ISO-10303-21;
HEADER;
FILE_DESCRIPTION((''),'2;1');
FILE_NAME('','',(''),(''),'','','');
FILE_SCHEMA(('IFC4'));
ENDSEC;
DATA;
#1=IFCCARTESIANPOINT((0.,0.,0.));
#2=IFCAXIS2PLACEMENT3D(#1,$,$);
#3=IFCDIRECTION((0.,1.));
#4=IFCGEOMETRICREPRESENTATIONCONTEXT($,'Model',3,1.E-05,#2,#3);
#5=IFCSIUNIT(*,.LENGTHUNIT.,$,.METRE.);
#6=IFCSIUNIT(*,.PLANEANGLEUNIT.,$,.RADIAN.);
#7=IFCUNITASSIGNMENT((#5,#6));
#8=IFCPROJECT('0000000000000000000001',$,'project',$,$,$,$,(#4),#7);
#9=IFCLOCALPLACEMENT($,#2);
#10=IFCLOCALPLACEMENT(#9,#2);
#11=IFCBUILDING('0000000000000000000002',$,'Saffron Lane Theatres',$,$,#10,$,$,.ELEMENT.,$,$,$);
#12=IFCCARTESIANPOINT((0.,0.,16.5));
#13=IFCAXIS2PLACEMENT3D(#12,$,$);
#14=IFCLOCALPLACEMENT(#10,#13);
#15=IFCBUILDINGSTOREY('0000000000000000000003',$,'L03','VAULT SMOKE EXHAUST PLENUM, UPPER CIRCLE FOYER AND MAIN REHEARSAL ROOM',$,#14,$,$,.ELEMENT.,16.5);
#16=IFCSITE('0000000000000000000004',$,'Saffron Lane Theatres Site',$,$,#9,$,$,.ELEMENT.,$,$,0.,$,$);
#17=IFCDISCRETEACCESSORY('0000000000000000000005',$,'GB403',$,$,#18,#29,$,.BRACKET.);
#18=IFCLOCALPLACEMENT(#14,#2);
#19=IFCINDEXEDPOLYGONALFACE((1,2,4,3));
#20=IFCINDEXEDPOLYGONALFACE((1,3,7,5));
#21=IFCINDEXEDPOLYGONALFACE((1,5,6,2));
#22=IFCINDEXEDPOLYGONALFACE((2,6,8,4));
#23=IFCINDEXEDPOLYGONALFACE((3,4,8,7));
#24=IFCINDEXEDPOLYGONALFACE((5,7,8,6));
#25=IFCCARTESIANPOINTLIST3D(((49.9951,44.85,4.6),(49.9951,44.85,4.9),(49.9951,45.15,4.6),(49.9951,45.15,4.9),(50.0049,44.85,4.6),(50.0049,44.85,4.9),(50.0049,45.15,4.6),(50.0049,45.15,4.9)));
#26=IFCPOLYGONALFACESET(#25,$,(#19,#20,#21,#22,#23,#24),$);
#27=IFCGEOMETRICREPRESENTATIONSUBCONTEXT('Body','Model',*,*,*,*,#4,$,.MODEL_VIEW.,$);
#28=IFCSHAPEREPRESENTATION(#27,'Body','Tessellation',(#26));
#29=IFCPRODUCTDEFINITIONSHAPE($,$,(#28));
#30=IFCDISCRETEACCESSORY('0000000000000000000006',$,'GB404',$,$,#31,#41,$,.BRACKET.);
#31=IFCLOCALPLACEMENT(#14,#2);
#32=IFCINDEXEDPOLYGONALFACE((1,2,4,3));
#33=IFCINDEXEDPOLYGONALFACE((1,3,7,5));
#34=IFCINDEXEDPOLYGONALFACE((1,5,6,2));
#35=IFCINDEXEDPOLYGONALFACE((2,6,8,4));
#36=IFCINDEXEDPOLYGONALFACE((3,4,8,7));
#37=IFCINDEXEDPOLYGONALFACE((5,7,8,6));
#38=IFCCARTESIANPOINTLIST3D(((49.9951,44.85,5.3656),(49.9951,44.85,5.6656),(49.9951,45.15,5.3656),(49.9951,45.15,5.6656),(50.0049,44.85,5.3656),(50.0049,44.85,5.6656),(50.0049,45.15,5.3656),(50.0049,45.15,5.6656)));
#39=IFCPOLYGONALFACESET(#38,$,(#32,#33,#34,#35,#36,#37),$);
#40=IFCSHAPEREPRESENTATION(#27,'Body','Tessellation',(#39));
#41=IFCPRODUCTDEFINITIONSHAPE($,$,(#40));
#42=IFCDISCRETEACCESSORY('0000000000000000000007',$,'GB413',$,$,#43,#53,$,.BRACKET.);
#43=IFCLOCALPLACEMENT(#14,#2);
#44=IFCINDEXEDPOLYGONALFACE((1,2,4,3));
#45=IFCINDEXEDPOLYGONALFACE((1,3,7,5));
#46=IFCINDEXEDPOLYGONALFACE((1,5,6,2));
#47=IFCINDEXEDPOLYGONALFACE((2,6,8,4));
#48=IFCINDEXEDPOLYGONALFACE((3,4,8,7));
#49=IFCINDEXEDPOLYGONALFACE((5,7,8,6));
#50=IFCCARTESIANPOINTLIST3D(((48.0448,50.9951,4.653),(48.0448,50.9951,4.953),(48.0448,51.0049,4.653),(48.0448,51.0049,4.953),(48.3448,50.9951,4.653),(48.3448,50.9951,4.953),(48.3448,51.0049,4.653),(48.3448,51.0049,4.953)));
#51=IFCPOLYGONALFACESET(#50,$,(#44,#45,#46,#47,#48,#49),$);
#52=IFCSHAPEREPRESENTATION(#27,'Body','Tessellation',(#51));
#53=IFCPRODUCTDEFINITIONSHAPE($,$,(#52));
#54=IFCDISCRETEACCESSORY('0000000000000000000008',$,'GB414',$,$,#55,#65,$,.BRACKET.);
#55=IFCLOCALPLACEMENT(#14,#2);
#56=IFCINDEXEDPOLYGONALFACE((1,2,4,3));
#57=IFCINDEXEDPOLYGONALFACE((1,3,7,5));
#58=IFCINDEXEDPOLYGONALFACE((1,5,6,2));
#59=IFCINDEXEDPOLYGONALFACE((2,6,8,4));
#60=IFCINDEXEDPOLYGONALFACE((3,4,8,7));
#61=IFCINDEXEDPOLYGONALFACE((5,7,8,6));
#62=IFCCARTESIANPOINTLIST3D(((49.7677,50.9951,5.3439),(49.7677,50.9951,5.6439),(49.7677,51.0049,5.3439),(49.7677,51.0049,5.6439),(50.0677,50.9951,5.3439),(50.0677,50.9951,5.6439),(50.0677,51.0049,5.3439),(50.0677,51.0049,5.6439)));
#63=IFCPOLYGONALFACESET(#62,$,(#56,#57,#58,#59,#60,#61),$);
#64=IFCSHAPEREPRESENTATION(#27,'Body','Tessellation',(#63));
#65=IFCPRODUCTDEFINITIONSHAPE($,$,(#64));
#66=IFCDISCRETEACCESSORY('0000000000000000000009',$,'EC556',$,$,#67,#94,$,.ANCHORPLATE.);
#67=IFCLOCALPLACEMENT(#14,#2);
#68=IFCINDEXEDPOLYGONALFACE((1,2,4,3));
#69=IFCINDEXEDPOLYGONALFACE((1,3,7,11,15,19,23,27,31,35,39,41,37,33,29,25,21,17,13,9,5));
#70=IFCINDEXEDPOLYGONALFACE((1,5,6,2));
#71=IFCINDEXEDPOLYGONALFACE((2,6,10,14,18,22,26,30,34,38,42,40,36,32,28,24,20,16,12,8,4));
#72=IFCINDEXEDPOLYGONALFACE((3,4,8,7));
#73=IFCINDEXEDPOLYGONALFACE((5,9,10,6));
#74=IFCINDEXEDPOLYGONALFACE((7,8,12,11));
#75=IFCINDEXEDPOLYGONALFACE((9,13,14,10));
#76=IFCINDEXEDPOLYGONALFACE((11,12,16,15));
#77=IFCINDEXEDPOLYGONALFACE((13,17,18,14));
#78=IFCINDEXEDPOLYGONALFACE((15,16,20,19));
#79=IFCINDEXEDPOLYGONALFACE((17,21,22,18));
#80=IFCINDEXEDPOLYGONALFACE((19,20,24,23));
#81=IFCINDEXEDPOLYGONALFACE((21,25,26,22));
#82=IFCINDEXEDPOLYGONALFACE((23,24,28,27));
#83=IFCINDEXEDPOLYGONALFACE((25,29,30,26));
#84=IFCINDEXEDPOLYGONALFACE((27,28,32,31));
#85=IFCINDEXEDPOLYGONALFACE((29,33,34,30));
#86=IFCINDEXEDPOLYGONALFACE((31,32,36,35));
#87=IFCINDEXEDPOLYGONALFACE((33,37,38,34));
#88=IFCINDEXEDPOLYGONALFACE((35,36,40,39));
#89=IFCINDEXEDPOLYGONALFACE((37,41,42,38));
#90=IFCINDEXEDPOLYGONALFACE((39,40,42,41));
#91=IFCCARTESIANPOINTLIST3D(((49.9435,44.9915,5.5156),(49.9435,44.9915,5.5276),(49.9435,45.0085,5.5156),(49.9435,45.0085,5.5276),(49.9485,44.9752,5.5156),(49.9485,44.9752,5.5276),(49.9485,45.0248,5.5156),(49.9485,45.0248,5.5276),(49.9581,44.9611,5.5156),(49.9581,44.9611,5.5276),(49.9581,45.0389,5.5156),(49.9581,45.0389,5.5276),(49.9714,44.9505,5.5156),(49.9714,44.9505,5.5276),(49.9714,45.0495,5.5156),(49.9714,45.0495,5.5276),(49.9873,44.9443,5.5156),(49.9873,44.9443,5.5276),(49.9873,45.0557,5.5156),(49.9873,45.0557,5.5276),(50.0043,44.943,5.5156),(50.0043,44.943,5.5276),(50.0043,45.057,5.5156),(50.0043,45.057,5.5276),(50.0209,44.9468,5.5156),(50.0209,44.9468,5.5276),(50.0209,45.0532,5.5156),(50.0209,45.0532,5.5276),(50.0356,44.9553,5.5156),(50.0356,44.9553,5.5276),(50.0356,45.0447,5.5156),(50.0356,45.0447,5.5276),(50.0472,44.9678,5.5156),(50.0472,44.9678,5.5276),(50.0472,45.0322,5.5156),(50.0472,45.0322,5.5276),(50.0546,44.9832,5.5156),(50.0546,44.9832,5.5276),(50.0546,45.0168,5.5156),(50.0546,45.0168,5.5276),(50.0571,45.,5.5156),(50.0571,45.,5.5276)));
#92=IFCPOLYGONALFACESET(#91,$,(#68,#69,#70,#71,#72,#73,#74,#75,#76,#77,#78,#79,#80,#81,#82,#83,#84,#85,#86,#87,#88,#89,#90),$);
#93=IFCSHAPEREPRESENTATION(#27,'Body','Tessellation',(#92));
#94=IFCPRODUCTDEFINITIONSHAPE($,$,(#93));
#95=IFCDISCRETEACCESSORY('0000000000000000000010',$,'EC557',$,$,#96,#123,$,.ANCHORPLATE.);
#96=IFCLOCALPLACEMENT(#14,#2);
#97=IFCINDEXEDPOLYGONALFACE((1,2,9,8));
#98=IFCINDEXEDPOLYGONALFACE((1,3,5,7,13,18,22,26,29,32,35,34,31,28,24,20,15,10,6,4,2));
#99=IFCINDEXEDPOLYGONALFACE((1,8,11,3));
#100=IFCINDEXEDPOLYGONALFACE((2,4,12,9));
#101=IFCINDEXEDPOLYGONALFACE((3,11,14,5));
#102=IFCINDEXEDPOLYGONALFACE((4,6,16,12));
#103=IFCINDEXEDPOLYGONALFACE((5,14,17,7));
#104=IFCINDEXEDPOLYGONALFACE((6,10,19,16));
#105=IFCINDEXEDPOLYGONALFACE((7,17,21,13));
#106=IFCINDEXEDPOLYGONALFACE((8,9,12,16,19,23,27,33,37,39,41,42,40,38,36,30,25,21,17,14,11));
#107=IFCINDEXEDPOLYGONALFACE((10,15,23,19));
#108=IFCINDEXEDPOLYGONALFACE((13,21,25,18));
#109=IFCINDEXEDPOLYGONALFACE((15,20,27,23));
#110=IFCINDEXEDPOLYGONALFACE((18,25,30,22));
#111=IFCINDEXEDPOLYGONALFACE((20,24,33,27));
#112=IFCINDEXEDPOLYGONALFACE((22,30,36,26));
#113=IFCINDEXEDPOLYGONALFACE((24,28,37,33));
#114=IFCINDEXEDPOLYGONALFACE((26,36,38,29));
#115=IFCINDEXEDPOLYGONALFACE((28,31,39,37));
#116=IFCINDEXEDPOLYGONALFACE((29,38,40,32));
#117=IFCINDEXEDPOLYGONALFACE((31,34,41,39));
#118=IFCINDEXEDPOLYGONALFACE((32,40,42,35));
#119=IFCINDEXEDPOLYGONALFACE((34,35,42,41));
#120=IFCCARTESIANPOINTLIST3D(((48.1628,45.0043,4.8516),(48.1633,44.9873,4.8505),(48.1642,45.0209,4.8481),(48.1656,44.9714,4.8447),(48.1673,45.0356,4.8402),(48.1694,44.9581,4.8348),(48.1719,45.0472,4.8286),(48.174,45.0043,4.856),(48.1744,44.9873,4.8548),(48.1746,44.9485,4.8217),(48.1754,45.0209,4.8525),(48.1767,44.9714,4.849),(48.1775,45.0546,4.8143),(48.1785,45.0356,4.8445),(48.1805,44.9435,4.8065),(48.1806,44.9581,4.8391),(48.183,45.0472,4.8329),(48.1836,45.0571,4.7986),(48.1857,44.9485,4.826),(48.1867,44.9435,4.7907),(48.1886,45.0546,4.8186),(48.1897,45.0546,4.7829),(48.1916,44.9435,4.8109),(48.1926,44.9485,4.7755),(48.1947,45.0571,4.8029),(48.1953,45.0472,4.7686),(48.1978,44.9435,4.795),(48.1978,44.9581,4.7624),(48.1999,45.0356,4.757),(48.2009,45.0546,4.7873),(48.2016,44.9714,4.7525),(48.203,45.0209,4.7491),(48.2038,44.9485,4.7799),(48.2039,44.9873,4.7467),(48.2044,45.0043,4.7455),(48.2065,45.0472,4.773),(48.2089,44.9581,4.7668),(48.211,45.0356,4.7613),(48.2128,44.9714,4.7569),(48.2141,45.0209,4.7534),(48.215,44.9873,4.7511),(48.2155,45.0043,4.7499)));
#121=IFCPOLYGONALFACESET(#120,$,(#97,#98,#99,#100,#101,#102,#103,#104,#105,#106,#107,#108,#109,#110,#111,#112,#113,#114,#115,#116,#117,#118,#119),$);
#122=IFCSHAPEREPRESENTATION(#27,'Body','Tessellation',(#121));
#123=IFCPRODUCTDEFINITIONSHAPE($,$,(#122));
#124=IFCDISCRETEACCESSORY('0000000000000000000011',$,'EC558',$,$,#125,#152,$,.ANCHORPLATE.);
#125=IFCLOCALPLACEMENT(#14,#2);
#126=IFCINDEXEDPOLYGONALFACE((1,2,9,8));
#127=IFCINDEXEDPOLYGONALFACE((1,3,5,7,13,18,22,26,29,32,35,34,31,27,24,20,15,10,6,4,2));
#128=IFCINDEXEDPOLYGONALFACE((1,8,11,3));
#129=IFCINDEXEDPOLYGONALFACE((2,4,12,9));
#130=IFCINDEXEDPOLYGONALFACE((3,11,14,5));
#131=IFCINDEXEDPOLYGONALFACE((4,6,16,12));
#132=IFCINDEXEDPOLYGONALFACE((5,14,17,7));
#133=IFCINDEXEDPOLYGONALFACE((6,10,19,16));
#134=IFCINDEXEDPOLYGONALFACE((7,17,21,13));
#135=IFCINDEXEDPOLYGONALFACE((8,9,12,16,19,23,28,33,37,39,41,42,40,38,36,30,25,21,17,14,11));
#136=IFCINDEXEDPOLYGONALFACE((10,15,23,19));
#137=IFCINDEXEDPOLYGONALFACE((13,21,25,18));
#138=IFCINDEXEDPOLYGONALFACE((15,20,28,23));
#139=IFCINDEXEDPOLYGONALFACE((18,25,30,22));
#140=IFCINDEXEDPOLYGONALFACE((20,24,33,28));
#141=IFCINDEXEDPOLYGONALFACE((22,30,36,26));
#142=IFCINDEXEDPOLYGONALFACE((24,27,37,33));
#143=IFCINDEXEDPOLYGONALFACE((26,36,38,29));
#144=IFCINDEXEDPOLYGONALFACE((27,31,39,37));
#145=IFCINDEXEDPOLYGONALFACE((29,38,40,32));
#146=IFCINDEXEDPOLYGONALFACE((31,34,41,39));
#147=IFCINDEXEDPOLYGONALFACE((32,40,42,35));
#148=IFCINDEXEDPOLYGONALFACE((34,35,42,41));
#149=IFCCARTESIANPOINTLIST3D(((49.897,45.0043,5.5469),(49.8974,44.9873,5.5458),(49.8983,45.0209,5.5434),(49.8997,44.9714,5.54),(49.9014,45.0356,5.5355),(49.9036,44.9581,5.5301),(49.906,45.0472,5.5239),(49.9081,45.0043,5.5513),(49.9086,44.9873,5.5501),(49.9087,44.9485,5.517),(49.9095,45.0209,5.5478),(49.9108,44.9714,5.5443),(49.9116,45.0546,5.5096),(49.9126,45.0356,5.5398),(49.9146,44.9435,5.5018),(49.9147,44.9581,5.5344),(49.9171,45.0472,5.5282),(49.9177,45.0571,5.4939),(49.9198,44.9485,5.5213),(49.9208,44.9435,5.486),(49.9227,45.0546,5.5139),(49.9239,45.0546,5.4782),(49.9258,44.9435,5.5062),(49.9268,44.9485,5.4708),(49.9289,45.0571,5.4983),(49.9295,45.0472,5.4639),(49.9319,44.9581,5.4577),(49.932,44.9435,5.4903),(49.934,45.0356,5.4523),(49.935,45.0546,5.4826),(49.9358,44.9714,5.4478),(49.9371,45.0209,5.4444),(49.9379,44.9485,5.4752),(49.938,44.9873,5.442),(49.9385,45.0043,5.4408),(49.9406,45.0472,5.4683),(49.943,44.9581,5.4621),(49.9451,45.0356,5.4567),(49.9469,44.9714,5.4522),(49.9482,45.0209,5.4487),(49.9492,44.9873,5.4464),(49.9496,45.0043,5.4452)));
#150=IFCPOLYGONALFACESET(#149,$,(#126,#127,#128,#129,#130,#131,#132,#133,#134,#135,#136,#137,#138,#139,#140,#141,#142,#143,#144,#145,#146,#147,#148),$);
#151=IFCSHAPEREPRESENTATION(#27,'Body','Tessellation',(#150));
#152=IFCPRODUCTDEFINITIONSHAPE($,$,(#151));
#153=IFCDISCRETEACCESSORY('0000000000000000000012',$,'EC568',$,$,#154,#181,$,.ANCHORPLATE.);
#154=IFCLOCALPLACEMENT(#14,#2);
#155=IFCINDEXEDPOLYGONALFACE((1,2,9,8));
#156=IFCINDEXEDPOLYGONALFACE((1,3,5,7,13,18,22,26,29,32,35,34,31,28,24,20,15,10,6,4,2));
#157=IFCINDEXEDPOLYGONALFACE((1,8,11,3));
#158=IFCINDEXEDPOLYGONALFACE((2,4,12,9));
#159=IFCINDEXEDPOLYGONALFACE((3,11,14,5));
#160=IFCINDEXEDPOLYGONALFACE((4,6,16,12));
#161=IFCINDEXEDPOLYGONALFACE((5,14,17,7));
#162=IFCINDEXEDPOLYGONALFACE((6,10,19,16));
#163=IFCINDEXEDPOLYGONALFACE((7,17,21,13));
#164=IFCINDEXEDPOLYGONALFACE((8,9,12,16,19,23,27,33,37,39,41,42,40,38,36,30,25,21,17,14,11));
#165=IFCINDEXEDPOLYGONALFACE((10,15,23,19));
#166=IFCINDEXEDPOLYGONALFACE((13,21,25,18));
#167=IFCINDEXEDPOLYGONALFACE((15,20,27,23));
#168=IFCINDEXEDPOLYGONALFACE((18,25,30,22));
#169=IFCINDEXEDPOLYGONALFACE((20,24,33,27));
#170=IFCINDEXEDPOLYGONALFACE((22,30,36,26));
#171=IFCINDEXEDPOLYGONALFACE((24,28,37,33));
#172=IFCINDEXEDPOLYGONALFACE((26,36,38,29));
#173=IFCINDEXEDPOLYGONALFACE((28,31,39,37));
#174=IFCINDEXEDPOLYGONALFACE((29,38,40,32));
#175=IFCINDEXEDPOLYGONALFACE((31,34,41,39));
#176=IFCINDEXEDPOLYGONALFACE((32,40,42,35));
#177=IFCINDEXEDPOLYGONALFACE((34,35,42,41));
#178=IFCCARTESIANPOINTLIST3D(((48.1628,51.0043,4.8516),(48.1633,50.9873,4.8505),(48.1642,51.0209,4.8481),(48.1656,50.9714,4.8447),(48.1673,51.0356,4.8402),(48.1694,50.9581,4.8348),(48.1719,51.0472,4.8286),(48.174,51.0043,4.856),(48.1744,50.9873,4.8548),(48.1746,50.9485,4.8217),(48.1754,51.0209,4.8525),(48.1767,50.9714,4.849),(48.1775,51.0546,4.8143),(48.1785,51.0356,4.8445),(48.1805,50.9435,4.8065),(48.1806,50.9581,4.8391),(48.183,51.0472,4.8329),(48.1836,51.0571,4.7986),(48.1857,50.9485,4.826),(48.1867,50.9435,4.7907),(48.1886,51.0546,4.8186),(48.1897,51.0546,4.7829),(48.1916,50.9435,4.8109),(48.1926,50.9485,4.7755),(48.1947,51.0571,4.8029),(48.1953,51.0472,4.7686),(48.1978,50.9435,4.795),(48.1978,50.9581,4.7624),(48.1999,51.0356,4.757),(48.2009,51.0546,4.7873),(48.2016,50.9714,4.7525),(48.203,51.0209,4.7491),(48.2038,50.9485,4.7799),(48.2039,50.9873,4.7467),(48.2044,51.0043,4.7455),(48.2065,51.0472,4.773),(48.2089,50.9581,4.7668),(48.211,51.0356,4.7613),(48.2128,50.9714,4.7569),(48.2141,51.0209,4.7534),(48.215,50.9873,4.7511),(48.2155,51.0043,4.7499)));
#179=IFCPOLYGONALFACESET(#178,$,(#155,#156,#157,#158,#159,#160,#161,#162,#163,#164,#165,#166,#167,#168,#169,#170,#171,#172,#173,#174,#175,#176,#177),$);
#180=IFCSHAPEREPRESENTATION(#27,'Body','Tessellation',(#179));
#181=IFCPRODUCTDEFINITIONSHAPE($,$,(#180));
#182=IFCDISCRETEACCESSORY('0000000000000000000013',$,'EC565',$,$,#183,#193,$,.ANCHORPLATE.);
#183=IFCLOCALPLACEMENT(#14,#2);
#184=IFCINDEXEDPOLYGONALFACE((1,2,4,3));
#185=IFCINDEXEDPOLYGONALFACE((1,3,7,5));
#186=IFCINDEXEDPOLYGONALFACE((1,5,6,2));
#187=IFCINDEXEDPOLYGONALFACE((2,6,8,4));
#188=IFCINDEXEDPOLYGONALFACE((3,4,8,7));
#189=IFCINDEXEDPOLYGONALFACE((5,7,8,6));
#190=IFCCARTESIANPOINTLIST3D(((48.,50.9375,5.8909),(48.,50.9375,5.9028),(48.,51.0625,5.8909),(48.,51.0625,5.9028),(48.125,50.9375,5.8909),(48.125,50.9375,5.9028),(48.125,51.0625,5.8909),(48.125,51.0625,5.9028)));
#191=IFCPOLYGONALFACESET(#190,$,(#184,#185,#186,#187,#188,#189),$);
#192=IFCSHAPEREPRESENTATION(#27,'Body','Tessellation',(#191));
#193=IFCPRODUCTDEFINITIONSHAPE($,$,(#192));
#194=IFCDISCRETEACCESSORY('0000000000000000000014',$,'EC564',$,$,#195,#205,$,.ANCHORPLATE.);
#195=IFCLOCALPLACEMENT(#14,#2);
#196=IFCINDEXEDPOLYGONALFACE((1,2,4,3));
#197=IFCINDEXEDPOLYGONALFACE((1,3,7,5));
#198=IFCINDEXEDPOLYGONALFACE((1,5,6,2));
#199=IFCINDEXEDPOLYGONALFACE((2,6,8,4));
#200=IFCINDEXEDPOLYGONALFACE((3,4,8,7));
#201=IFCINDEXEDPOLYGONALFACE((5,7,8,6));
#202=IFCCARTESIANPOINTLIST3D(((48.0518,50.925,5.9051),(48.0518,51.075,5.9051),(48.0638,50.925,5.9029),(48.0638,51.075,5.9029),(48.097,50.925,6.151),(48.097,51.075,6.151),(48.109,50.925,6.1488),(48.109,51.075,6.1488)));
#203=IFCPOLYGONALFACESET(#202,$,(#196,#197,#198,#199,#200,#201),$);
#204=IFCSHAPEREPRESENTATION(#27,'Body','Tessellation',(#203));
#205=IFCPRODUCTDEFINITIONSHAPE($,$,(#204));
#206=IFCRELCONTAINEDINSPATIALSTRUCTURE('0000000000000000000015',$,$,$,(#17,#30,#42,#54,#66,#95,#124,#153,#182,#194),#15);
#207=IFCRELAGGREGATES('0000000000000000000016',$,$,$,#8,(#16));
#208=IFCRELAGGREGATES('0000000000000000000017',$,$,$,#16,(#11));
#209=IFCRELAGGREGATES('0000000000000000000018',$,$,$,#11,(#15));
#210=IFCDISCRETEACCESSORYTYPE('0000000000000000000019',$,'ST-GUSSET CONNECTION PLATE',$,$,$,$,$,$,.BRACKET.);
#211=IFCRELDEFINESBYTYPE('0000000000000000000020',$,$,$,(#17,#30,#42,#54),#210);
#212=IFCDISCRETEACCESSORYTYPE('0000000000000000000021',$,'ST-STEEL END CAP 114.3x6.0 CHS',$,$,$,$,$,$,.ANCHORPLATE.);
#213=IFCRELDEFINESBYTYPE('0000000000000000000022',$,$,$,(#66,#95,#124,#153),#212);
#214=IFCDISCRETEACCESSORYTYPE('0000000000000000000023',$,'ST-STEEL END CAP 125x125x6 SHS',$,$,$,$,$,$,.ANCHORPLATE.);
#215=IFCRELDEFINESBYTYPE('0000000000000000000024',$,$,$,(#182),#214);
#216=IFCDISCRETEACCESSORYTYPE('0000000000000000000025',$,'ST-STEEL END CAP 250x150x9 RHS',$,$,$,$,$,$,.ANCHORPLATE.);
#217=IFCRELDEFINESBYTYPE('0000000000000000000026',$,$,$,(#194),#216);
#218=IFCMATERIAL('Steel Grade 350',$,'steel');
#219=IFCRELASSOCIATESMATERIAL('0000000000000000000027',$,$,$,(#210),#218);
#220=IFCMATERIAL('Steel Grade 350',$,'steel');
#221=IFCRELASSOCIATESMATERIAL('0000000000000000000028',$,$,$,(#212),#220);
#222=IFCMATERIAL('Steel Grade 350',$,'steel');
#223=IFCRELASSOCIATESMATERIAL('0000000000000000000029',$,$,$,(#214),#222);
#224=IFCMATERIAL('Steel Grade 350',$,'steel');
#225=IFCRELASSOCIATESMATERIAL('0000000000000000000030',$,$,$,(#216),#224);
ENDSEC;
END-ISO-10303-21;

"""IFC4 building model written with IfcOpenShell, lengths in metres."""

from ifc_helpers import new_model, si_unit, direction, frame, origin, origin_2d, place, context, subcontext, project, spatial, rectangle, circle, extrude, material, material_profile, profile_set, type_object, element, save


model = new_model("IFC4")

# Units and contexts
model_context = context("Model", 3, precision=1e-05, world=origin(), true_north=direction((0.0, 1.0)))
body_context = subcontext(model_context, "Body", "Model", "MODEL_VIEW")
ifc_project = project(units=[si_unit("LENGTHUNIT", "METRE"), si_unit("PLANEANGLEUNIT", "RADIAN")], contexts=[model_context])

# Site, building, storey
site_placement = place(None, origin())
site = spatial("IfcSite", under=ifc_project, at=site_placement, Name="Saffron Lane Theatres Site", CompositionType="ELEMENT", RefElevation=0.0)
building_placement = place(site_placement, origin())
building = spatial("IfcBuilding", under=site, at=building_placement, Name="Saffron Lane Theatres", CompositionType="ELEMENT")
storey_placement = place(building_placement, frame((0.0, 0.0, 16.5)))
storey = spatial("IfcBuildingStorey", under=building, at=storey_placement, Name="L03", Description="VAULT SMOKE EXHAUST PLENUM, UPPER CIRCLE FOYER AND MAIN REHEARSAL ROOM", CompositionType="ELEMENT", Elevation=16.5)

# Discrete accessories
ifc_material_1 = material(Name="Steel Grade 350", Category="steel")
ifc_material_profile_1 = material_profile(ifc_material_1, rectangle(XDim=0.3, YDim=0.3, at=origin_2d()))
ifc_profile_set_1 = profile_set([ifc_material_profile_1], Name="Steel Grade 350")
discrete_accessory_type_1 = type_object("IfcDiscreteAccessoryType", Name="ST-GUSSET CONNECTION PLATE", PredefinedType="BRACKET", material=ifc_profile_set_1)
for number, where, z_axis, x_axis, name in (
    (1, (49.9951, 45.0, 4.75), (1.0, 0.0, 0.0), (0.0, 1.0, 0.0), "GB403"),
    (2, (49.9951, 45.0, 5.5156), (1.0, 0.0, 0.0), (0.0, 1.0, 0.0), "GB404"),
    (3, (48.1948, 50.9951, 4.803), (0.0, 1.0, 0.0), (-1.0, 0.0, 0.0), "GB413"),
    (4, (49.9177, 50.9951, 5.4939), (0.0, 1.0, 0.0), (-1.0, 0.0, 0.0), "GB414"),
):
    element("IfcDiscreteAccessory", number, at=place(storey_placement, frame(where, z_axis=z_axis, x_axis=x_axis)), inside=storey, type_object=discrete_accessory_type_1, Name=name, PredefinedType="BRACKET", context=body_context, shape_type="SweptSolid", body=[
        extrude(rectangle(XDim=0.3, YDim=0.3, at=origin_2d()), origin(), (0.0, 0.0, 1.0), 0.0098),
    ])
ifc_material_2 = material(Name="Steel Grade 350", Category="steel")
ifc_material_profile_2 = material_profile(ifc_material_2, circle(Radius=0.0571, at=origin_2d()))
ifc_profile_set_2 = profile_set([ifc_material_profile_2], Name="Steel Grade 350")
discrete_accessory_type_2 = type_object("IfcDiscreteAccessoryType", Name="ST-STEEL END CAP 114.3x6.0 CHS", PredefinedType="ANCHORPLATE", material=ifc_profile_set_2)
for number, where, z_axis, x_axis, name in (
    (5, (50.0, 45.0, 5.5156), (0.0, 0.0, 1.0), (1.0, 0.0, 0.0), "EC556"),
    (6, (48.1836, 45.0, 4.7986), (0.931243, 0.0, 0.364399), (0.0, 1.0, 0.0), "EC557"),
    (7, (49.9177, 45.0, 5.4939), (0.931243, 0.0, 0.364399), (0.0, 1.0, 0.0), "EC558"),
    (8, (48.1836, 51.0, 4.7986), (0.931243, 0.0, 0.364399), (0.0, 1.0, 0.0), "EC568"),
):
    element("IfcDiscreteAccessory", number, at=place(storey_placement, frame(where, z_axis=z_axis, x_axis=x_axis)), inside=storey, type_object=discrete_accessory_type_2, Name=name, PredefinedType="ANCHORPLATE", context=body_context, shape_type="SweptSolid", body=[
        extrude(circle(Radius=0.0571, at=origin_2d()), origin(), (0.0, 0.0, 1.0), 0.012),
    ])
ifc_material_3 = material(Name="Steel Grade 350", Category="steel")
ifc_material_profile_3 = material_profile(ifc_material_3, rectangle(XDim=0.125, YDim=0.125, at=origin_2d()))
ifc_profile_set_3 = profile_set([ifc_material_profile_3], Name="Steel Grade 350")
discrete_accessory_type_3 = type_object("IfcDiscreteAccessoryType", Name="ST-STEEL END CAP 125x125x6 SHS", PredefinedType="ANCHORPLATE", material=ifc_profile_set_3)
discrete_accessory_1_placement = place(storey_placement, frame((48.0625, 51.0, 5.8909), z_axis=(0.0, 0.0, 1.0), x_axis=(1.0, 0.0, 0.0)))
element("IfcDiscreteAccessory", 9, at=discrete_accessory_1_placement, inside=storey, type_object=discrete_accessory_type_3, Name="EC565", PredefinedType="ANCHORPLATE", context=body_context, shape_type="SweptSolid", body=[
    extrude(rectangle(XDim=0.125, YDim=0.125, at=origin_2d()), origin(), (0.0, 0.0, 1.0), 0.012),
])
ifc_material_4 = material(Name="Steel Grade 350", Category="steel")
ifc_material_profile_4 = material_profile(ifc_material_4, rectangle(XDim=0.1499, YDim=0.25, at=origin_2d()))
ifc_profile_set_4 = profile_set([ifc_material_profile_4], Name="Steel Grade 350")
discrete_accessory_type_4 = type_object("IfcDiscreteAccessoryType", Name="ST-STEEL END CAP 250x150x9 RHS", PredefinedType="ANCHORPLATE", material=ifc_profile_set_4)
discrete_accessory_2_placement = place(storey_placement, frame((48.0864, 51.0, 6.0259), z_axis=(-0.983547, 0.0, 0.180652), x_axis=(0.0, -1.0, 0.0)))
element("IfcDiscreteAccessory", 10, at=discrete_accessory_2_placement, inside=storey, type_object=discrete_accessory_type_4, Name="EC564", PredefinedType="ANCHORPLATE", context=body_context, shape_type="SweptSolid", body=[
    extrude(rectangle(XDim=0.1499, YDim=0.25, at=origin_2d()), origin(), (0.0, 0.0, 1.0), 0.0122),
])

save(model, "model.ifc")
